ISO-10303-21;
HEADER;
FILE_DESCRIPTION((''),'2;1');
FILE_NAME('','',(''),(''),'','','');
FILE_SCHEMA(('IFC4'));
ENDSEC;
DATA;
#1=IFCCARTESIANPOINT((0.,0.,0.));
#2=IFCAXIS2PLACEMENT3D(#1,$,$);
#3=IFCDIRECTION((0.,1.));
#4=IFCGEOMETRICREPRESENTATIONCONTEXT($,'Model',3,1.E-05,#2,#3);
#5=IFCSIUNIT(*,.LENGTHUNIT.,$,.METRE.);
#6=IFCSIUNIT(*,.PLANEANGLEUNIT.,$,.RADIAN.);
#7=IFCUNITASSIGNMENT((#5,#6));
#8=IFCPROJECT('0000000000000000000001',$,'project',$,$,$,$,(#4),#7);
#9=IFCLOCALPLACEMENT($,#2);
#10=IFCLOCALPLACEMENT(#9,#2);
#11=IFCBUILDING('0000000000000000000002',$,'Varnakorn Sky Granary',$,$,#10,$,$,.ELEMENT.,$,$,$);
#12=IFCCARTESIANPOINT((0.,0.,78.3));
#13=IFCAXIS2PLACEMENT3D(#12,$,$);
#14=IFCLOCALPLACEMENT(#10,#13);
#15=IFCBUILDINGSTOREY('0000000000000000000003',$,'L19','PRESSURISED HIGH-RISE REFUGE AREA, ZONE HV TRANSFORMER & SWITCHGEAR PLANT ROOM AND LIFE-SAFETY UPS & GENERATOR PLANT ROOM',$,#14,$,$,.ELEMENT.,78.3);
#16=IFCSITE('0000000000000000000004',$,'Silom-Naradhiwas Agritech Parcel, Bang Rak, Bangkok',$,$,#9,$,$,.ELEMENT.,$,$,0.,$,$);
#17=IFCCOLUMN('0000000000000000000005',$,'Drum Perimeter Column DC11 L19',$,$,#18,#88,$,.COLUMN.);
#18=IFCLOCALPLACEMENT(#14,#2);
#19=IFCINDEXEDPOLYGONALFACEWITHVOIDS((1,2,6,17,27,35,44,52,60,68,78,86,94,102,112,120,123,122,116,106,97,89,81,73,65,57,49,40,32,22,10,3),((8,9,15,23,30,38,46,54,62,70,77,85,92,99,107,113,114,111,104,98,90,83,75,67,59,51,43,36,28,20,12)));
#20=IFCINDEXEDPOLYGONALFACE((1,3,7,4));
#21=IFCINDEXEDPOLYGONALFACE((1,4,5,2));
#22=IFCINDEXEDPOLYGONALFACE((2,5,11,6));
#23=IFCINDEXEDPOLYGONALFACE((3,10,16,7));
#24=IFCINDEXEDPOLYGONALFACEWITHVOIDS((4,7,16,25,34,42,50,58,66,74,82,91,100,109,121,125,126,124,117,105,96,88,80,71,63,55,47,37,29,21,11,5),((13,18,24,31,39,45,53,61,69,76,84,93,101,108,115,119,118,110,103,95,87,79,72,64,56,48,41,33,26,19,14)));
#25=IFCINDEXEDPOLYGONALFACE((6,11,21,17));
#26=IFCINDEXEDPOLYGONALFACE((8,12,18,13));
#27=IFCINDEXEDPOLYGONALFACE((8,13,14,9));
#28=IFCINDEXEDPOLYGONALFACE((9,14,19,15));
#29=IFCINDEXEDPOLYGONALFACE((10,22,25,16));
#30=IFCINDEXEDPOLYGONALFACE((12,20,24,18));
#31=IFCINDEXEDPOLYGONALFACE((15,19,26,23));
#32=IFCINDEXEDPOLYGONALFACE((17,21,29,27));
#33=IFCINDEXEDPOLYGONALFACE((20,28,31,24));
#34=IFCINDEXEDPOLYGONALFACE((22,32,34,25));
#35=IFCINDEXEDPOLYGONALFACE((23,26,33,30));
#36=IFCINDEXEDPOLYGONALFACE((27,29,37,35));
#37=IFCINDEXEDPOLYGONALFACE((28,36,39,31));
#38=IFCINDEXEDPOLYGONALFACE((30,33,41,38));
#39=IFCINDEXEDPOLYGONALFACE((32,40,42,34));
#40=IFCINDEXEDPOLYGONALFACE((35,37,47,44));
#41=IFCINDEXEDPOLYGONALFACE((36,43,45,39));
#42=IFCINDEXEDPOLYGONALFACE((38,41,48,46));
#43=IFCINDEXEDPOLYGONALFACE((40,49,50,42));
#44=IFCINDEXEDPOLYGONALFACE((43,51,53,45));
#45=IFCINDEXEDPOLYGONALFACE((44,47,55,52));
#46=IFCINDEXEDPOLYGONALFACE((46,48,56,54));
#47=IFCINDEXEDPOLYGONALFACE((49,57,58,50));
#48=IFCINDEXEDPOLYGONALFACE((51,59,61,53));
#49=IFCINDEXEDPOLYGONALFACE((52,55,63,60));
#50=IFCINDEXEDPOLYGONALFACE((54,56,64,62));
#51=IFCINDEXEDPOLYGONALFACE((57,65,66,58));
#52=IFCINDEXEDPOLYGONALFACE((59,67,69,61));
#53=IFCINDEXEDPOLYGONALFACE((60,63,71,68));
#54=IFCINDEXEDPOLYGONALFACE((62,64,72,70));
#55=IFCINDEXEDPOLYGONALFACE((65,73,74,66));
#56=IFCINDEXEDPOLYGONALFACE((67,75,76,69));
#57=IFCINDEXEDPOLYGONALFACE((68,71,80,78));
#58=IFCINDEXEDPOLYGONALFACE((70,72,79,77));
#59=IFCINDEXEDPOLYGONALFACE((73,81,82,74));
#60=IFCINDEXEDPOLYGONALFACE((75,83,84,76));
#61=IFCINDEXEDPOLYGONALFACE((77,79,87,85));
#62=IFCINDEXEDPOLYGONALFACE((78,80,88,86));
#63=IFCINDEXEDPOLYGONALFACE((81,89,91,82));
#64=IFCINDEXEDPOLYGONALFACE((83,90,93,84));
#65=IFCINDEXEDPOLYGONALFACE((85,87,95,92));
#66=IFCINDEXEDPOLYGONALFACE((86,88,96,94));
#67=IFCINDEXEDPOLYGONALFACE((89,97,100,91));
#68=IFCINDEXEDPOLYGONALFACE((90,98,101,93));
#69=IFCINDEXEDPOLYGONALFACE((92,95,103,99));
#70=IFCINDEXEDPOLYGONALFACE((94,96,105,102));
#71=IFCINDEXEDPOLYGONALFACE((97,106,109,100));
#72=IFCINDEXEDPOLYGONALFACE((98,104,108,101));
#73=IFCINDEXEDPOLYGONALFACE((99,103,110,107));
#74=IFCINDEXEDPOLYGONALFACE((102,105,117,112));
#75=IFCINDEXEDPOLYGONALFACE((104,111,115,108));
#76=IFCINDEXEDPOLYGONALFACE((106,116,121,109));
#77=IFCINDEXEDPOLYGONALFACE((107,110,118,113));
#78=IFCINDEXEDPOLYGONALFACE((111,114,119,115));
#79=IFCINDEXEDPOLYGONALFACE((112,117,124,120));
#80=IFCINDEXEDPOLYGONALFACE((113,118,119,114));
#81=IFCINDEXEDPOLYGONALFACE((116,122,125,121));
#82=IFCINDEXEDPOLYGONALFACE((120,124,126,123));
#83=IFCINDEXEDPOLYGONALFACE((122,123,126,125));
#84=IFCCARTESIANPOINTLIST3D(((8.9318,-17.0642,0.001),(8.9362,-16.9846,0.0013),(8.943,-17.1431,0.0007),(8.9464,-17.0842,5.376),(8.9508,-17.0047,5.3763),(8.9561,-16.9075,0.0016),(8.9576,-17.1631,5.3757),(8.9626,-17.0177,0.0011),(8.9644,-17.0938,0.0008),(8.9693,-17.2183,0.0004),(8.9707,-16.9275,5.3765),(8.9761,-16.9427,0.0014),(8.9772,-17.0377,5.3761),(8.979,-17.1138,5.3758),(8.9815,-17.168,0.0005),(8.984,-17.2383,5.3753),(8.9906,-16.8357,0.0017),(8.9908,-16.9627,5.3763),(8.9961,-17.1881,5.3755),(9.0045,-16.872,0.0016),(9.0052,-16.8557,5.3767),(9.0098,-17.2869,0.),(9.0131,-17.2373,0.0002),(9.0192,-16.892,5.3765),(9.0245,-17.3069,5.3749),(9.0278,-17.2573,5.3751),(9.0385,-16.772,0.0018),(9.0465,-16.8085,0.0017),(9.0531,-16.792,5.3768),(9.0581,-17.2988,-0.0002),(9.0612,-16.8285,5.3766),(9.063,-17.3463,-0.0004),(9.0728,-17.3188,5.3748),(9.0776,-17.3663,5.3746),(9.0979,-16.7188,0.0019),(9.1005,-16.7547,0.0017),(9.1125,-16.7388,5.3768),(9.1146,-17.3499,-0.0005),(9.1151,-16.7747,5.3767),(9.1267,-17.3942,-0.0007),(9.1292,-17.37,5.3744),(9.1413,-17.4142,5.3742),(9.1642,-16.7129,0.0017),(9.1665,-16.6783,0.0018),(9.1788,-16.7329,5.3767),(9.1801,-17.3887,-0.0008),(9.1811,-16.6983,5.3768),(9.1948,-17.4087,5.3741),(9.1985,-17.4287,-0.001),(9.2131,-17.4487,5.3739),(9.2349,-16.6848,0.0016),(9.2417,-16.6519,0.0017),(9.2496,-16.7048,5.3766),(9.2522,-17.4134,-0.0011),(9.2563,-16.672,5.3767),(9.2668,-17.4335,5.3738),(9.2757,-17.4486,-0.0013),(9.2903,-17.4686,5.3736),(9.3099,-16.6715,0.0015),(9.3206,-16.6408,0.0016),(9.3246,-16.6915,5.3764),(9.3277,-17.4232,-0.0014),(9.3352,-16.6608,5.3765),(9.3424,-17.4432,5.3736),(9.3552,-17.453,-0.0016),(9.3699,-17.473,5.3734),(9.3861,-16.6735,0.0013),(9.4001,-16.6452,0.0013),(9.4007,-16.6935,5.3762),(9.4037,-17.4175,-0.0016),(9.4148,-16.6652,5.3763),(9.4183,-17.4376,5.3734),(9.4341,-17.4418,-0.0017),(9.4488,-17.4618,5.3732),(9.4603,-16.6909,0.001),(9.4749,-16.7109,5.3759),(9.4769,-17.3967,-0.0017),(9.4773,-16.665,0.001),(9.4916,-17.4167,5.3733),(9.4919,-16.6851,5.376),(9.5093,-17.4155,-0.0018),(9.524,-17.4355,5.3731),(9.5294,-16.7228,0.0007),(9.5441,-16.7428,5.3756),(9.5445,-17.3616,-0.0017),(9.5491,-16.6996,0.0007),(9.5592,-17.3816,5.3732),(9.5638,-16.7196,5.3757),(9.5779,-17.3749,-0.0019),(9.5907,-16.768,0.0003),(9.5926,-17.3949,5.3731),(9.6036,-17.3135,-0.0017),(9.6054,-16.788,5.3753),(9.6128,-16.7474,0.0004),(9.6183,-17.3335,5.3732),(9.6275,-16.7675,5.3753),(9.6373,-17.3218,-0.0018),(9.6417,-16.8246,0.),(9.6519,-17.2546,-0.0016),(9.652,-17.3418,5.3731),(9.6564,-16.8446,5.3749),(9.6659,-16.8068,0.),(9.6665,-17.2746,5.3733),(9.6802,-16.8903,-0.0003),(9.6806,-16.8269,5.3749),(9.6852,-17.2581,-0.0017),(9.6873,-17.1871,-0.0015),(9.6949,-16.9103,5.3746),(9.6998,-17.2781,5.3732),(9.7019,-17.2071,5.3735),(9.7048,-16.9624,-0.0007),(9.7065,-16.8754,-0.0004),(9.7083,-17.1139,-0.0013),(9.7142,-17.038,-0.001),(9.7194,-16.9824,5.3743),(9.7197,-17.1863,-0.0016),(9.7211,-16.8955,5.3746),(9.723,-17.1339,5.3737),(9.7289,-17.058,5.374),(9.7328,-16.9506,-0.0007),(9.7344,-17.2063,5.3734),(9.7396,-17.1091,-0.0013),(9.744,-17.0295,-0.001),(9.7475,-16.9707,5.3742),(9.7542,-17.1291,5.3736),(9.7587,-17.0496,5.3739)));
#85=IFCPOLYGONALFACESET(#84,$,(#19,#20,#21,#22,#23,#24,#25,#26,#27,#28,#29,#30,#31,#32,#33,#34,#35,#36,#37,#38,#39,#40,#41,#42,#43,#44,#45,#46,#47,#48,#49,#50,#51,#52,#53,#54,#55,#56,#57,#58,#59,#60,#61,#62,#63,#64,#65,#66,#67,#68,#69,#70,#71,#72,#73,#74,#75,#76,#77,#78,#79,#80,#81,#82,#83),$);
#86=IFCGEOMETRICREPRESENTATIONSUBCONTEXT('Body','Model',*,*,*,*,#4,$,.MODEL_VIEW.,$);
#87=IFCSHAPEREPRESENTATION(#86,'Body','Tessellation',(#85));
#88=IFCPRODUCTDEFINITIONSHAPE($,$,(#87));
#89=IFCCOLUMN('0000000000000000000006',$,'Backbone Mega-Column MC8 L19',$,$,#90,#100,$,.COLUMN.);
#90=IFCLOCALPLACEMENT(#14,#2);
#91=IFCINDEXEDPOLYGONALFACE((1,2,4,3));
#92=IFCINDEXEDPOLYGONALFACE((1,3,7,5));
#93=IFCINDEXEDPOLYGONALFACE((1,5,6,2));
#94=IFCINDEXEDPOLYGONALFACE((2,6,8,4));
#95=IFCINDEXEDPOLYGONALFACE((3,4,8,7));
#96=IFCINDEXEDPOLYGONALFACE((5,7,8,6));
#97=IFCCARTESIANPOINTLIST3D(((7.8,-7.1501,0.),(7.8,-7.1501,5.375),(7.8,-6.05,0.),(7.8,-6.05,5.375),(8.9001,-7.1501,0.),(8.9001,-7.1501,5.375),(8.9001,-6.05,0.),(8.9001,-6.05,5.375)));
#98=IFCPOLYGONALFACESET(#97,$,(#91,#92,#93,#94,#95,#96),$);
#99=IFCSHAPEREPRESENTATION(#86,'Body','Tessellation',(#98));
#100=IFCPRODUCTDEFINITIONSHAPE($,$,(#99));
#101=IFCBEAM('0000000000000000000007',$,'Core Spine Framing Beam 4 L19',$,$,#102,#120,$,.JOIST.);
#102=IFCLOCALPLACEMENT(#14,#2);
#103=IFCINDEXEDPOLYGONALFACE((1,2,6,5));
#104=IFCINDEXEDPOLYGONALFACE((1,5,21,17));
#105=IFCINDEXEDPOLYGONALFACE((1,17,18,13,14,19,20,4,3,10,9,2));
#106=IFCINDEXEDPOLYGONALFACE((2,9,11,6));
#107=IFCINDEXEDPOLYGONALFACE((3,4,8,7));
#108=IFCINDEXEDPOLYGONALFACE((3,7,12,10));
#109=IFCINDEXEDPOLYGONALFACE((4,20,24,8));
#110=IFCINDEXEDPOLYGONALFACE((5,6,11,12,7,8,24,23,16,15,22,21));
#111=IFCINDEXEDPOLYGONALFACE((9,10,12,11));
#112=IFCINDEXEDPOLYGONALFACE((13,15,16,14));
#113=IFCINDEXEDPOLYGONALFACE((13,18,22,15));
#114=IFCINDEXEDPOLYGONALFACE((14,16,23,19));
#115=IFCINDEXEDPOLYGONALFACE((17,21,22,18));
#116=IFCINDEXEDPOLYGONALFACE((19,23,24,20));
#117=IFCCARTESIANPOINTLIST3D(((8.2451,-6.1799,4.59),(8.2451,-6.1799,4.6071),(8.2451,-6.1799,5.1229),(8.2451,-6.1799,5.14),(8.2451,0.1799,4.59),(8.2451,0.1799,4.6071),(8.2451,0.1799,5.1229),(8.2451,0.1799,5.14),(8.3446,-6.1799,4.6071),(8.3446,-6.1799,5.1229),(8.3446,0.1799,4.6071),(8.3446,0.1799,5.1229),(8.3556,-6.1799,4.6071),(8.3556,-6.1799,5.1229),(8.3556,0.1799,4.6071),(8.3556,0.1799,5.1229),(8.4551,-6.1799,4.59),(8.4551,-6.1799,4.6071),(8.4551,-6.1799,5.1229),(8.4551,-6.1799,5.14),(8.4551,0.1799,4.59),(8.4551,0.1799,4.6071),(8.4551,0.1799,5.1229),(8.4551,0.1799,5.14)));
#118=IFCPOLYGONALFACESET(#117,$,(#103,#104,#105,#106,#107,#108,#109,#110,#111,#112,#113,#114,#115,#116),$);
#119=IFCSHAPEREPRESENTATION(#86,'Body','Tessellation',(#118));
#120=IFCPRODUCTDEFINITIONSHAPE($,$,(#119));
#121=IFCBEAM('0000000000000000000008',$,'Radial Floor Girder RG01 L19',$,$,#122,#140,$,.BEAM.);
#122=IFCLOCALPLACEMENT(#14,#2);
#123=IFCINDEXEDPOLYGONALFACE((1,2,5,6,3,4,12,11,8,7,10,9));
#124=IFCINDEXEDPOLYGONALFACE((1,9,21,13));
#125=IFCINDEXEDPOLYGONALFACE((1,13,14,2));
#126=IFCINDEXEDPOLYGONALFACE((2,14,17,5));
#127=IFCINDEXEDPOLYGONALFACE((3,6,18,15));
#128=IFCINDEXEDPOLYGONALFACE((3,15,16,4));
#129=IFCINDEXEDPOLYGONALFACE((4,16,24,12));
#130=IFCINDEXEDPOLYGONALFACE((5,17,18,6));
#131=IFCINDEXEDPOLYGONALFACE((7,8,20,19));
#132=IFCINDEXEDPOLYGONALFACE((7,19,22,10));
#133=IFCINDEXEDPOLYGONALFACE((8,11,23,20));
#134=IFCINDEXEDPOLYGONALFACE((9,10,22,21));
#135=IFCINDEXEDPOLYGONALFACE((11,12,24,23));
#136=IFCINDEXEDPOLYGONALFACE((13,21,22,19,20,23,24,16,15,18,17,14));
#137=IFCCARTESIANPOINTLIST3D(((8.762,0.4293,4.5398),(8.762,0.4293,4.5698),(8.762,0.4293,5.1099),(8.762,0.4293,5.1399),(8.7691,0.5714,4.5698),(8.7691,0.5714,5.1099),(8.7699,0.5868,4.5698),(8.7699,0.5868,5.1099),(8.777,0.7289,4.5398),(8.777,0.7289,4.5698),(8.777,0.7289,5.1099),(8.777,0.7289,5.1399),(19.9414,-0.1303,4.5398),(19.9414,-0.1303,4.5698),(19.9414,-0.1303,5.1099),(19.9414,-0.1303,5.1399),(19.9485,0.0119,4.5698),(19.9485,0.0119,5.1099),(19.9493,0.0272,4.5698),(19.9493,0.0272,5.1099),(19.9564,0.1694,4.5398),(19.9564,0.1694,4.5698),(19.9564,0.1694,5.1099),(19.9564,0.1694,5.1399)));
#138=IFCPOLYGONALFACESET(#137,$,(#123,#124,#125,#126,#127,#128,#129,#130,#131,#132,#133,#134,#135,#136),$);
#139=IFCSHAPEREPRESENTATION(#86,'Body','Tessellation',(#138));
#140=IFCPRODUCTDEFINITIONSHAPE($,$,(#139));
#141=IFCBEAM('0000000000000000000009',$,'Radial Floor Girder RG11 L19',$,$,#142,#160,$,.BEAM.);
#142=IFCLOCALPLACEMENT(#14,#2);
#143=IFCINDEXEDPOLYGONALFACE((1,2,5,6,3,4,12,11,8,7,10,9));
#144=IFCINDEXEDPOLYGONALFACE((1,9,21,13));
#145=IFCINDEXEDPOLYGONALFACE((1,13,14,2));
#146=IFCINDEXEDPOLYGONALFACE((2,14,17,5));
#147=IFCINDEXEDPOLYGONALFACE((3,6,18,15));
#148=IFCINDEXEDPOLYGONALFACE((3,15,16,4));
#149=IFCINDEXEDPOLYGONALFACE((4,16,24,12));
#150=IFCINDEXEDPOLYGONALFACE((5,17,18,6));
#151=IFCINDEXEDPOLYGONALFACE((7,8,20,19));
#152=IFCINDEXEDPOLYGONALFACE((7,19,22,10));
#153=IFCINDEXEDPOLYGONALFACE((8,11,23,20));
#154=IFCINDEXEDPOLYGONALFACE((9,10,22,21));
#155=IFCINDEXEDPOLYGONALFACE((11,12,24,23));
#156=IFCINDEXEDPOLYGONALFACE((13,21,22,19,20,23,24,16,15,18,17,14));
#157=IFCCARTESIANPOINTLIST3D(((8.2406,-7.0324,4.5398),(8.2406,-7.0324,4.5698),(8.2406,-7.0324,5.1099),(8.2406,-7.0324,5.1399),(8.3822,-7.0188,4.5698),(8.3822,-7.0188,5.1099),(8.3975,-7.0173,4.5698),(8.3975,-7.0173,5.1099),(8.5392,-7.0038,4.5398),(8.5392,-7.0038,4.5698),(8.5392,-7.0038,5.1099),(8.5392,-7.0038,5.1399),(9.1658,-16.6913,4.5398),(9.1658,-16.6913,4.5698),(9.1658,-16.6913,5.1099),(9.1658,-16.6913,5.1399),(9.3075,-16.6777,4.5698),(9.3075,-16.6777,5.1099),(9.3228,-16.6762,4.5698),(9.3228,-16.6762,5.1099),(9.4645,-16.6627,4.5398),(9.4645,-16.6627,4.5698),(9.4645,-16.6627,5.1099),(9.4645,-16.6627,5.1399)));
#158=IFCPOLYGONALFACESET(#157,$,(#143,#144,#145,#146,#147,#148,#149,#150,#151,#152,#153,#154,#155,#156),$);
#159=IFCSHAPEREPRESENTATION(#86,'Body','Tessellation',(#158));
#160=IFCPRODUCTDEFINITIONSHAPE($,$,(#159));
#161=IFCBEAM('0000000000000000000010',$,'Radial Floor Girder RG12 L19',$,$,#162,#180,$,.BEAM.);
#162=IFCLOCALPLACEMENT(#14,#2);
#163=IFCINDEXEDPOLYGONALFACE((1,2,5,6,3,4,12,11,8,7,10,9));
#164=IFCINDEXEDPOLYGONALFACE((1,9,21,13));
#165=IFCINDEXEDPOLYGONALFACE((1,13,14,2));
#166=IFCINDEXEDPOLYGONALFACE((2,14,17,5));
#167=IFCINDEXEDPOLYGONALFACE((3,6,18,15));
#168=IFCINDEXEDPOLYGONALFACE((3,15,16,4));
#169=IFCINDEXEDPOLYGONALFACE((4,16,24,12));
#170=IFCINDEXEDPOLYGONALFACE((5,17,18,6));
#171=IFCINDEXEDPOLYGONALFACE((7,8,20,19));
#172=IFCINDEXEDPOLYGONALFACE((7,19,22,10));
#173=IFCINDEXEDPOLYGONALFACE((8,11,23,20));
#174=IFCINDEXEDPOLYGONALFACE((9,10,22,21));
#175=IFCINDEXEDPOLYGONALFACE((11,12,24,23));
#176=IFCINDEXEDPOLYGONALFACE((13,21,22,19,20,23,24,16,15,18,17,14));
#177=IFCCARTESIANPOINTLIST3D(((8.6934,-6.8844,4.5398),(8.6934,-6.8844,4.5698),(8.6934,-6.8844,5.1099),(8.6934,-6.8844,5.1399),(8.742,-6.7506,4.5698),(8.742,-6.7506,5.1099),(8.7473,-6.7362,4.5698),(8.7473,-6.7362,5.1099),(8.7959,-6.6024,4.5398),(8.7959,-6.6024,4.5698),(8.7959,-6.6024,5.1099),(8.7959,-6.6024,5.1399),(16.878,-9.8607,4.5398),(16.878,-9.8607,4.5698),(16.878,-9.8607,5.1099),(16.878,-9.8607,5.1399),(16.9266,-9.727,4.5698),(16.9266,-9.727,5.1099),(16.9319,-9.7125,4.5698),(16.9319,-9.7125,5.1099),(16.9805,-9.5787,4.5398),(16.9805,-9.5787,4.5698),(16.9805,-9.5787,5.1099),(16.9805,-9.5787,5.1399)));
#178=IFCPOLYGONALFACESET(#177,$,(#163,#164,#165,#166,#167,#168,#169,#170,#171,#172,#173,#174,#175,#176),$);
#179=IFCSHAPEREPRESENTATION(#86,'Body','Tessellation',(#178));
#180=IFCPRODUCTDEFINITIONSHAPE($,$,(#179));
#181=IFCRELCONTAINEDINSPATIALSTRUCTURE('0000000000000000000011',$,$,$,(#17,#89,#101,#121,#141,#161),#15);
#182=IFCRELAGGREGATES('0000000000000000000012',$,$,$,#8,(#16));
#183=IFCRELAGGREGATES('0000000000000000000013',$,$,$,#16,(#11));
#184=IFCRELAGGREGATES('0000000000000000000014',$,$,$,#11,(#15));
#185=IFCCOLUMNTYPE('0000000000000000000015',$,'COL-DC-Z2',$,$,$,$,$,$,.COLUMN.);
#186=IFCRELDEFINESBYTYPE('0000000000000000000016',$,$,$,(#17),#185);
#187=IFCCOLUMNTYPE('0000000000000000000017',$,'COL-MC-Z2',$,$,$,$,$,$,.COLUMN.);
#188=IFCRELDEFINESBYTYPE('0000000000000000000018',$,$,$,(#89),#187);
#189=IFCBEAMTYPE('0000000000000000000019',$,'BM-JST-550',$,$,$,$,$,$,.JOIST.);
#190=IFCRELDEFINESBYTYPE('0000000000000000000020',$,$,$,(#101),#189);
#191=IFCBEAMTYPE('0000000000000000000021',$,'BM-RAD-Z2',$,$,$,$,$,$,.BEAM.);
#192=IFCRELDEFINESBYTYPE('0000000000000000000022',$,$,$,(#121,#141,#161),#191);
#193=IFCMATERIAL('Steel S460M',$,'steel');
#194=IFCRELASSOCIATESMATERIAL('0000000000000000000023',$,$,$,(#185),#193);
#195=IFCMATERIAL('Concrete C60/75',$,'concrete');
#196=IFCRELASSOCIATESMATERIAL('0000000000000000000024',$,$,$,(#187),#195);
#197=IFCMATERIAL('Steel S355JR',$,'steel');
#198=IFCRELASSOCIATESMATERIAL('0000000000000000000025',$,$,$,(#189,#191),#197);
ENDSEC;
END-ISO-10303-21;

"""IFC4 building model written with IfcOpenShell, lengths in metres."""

from ifc_helpers import new_model, si_unit, direction, frame, origin, origin_2d, place, context, subcontext, project, spatial, rectangle, hollow_circle, i_section, extrude, material, material_profile, profile_set, type_object, element, save


model = new_model("IFC4")

# Units and contexts
model_context = context("Model", 3, precision=1e-05, world=origin(), true_north=direction((0.0, 1.0)))
body_context = subcontext(model_context, "Body", "Model", "MODEL_VIEW")
ifc_project = project(units=[si_unit("LENGTHUNIT", "METRE"), si_unit("PLANEANGLEUNIT", "RADIAN")], contexts=[model_context])

# Site, building, storey
site_placement = place(None, origin())
site = spatial("IfcSite", under=ifc_project, at=site_placement, Name="Silom-Naradhiwas Agritech Parcel, Bang Rak, Bangkok", CompositionType="ELEMENT", RefElevation=0.0)
building_placement = place(site_placement, origin())
building = spatial("IfcBuilding", under=site, at=building_placement, Name="Varnakorn Sky Granary", CompositionType="ELEMENT")
storey_placement = place(building_placement, frame((0.0, 0.0, 78.3)))
storey = spatial("IfcBuildingStorey", under=building, at=storey_placement, Name="L19", Description="PRESSURISED HIGH-RISE REFUGE AREA, ZONE HV TRANSFORMER & SWITCHGEAR PLANT ROOM AND LIFE-SAFETY UPS & GENERATOR PLANT ROOM", CompositionType="ELEMENT", Elevation=78.3)

# Columns
ifc_material_1 = material(Name="Steel S460M", Category="steel")
ifc_material_profile_1 = material_profile(ifc_material_1, hollow_circle(Radius=0.4065, WallThickness=0.03, at=origin_2d()), Name="CHS 813x30")
ifc_profile_set_1 = profile_set([ifc_material_profile_1], Name="Steel S460M")
column_type_1 = type_object("IfcColumnType", Name="COL-DC-Z2", PredefinedType="COLUMN", material=ifc_profile_set_1)
column_1_placement = place(storey_placement, frame((9.3379, -17.0469, 0.0), z_axis=(0.002725, -0.003725, 0.999989), x_axis=(0.80703, 0.59051, 0.0)))
element("IfcColumn", 1, at=column_1_placement, inside=storey, type_object=column_type_1, Name="Drum Perimeter Column DC11 L19", PredefinedType="COLUMN", context=body_context, shape_type="SweptSolid", body=[
    extrude(hollow_circle(Radius=0.4065, WallThickness=0.03, at=origin_2d()), origin(), (0.0, 0.0, 1.0), 5.375),
])
ifc_material_2 = material(Name="Concrete C60/75", Category="concrete")
ifc_material_profile_2 = material_profile(ifc_material_2, rectangle(XDim=1.1001, YDim=1.1001, at=origin_2d()), Name="RC 1100x1100")
ifc_profile_set_2 = profile_set([ifc_material_profile_2], Name="Concrete C60/75")
column_type_2 = type_object("IfcColumnType", Name="COL-MC-Z2", PredefinedType="COLUMN", material=ifc_profile_set_2)
column_2_placement = place(storey_placement, frame((8.3501, -6.6001, 0.0), z_axis=(0.0, 0.0, 1.0), x_axis=(1.0, 0.0, 0.0)))
element("IfcColumn", 2, at=column_2_placement, inside=storey, type_object=column_type_2, Name="Backbone Mega-Column MC8 L19", PredefinedType="COLUMN", context=body_context, shape_type="SweptSolid", body=[
    extrude(rectangle(XDim=1.1001, YDim=1.1001, at=origin_2d()), origin(), (0.0, 0.0, 1.0), 5.375),
])

# Beams
ifc_material_3 = material(Name="Steel S355JR", Category="steel")
ifc_material_profile_3 = material_profile(ifc_material_3, i_section(OverallWidth=0.21, OverallDepth=0.55, WebThickness=0.011, FlangeThickness=0.0171, at=origin_2d()), Name="IPE 550")
ifc_profile_set_3 = profile_set([ifc_material_profile_3], Name="Steel S355JR")
beam_type_1 = type_object("IfcBeamType", Name="BM-JST-550", PredefinedType="JOIST", material=ifc_profile_set_3)
beam_1_placement = place(storey_placement, frame((8.3501, 0.1799, 4.865), z_axis=(0.0, -1.0, 0.0), x_axis=(1.0, 0.0, 0.0)))
element("IfcBeam", 3, at=beam_1_placement, inside=storey, type_object=beam_type_1, Name="Core Spine Framing Beam 4 L19", PredefinedType="JOIST", context=body_context, shape_type="SweptSolid", body=[
    extrude(i_section(OverallWidth=0.21, OverallDepth=0.55, WebThickness=0.011, FlangeThickness=0.0171, at=origin_2d()), origin(), (0.0, 0.0, 1.0), 6.3599),
])
ifc_material_profile_4 = material_profile(ifc_material_3, i_section(OverallWidth=0.3, OverallDepth=0.6001, WebThickness=0.0154, FlangeThickness=0.03, at=origin_2d()), Name="HE 600 B")
ifc_profile_set_4 = profile_set([ifc_material_profile_4], Name="Steel S355JR")
beam_type_2 = type_object("IfcBeamType", Name="BM-RAD-Z2", PredefinedType="BEAM", material=ifc_profile_set_4)
beam_2_placement = place(storey_placement, frame((8.7695, 0.5791, 4.8398), z_axis=(0.99875, -0.049991, 0.0), x_axis=(0.049991, 0.99875, 0.0)))
element("IfcBeam", 4, at=beam_2_placement, inside=storey, type_object=beam_type_2, Name="Radial Floor Girder RG01 L19", PredefinedType="BEAM", context=body_context, shape_type="SweptSolid", body=[
    extrude(i_section(OverallWidth=0.3, OverallDepth=0.6001, WebThickness=0.0154, FlangeThickness=0.03, at=origin_2d()), origin(), (0.0, 0.0, 1.0), 11.1934),
])
beam_3_placement = place(storey_placement, frame((8.3899, -7.0181, 4.8398), z_axis=(0.09536, -0.995443, 0.0), x_axis=(0.995443, 0.09536, 0.0)))
element("IfcBeam", 5, at=beam_3_placement, inside=storey, type_object=beam_type_2, Name="Radial Floor Girder RG11 L19", PredefinedType="BEAM", context=body_context, shape_type="SweptSolid", body=[
    extrude(i_section(OverallWidth=0.3, OverallDepth=0.6001, WebThickness=0.0154, FlangeThickness=0.03, at=origin_2d()), origin(), (0.0, 0.0, 1.0), 9.7031),
])
beam_4_placement = place(storey_placement, frame((8.7446, -6.7434, 4.8398), z_axis=(0.939789, -0.341754, 0.0), x_axis=(0.341754, 0.939789, 0.0)))
element("IfcBeam", 6, at=beam_4_placement, inside=storey, type_object=beam_type_2, Name="Radial Floor Girder RG12 L19", PredefinedType="BEAM", context=body_context, shape_type="SweptSolid", body=[
    extrude(i_section(OverallWidth=0.3, OverallDepth=0.6001, WebThickness=0.0154, FlangeThickness=0.03, at=origin_2d()), origin(), (0.0, 0.0, 1.0), 8.709),
])

save(model, "model.ifc")
